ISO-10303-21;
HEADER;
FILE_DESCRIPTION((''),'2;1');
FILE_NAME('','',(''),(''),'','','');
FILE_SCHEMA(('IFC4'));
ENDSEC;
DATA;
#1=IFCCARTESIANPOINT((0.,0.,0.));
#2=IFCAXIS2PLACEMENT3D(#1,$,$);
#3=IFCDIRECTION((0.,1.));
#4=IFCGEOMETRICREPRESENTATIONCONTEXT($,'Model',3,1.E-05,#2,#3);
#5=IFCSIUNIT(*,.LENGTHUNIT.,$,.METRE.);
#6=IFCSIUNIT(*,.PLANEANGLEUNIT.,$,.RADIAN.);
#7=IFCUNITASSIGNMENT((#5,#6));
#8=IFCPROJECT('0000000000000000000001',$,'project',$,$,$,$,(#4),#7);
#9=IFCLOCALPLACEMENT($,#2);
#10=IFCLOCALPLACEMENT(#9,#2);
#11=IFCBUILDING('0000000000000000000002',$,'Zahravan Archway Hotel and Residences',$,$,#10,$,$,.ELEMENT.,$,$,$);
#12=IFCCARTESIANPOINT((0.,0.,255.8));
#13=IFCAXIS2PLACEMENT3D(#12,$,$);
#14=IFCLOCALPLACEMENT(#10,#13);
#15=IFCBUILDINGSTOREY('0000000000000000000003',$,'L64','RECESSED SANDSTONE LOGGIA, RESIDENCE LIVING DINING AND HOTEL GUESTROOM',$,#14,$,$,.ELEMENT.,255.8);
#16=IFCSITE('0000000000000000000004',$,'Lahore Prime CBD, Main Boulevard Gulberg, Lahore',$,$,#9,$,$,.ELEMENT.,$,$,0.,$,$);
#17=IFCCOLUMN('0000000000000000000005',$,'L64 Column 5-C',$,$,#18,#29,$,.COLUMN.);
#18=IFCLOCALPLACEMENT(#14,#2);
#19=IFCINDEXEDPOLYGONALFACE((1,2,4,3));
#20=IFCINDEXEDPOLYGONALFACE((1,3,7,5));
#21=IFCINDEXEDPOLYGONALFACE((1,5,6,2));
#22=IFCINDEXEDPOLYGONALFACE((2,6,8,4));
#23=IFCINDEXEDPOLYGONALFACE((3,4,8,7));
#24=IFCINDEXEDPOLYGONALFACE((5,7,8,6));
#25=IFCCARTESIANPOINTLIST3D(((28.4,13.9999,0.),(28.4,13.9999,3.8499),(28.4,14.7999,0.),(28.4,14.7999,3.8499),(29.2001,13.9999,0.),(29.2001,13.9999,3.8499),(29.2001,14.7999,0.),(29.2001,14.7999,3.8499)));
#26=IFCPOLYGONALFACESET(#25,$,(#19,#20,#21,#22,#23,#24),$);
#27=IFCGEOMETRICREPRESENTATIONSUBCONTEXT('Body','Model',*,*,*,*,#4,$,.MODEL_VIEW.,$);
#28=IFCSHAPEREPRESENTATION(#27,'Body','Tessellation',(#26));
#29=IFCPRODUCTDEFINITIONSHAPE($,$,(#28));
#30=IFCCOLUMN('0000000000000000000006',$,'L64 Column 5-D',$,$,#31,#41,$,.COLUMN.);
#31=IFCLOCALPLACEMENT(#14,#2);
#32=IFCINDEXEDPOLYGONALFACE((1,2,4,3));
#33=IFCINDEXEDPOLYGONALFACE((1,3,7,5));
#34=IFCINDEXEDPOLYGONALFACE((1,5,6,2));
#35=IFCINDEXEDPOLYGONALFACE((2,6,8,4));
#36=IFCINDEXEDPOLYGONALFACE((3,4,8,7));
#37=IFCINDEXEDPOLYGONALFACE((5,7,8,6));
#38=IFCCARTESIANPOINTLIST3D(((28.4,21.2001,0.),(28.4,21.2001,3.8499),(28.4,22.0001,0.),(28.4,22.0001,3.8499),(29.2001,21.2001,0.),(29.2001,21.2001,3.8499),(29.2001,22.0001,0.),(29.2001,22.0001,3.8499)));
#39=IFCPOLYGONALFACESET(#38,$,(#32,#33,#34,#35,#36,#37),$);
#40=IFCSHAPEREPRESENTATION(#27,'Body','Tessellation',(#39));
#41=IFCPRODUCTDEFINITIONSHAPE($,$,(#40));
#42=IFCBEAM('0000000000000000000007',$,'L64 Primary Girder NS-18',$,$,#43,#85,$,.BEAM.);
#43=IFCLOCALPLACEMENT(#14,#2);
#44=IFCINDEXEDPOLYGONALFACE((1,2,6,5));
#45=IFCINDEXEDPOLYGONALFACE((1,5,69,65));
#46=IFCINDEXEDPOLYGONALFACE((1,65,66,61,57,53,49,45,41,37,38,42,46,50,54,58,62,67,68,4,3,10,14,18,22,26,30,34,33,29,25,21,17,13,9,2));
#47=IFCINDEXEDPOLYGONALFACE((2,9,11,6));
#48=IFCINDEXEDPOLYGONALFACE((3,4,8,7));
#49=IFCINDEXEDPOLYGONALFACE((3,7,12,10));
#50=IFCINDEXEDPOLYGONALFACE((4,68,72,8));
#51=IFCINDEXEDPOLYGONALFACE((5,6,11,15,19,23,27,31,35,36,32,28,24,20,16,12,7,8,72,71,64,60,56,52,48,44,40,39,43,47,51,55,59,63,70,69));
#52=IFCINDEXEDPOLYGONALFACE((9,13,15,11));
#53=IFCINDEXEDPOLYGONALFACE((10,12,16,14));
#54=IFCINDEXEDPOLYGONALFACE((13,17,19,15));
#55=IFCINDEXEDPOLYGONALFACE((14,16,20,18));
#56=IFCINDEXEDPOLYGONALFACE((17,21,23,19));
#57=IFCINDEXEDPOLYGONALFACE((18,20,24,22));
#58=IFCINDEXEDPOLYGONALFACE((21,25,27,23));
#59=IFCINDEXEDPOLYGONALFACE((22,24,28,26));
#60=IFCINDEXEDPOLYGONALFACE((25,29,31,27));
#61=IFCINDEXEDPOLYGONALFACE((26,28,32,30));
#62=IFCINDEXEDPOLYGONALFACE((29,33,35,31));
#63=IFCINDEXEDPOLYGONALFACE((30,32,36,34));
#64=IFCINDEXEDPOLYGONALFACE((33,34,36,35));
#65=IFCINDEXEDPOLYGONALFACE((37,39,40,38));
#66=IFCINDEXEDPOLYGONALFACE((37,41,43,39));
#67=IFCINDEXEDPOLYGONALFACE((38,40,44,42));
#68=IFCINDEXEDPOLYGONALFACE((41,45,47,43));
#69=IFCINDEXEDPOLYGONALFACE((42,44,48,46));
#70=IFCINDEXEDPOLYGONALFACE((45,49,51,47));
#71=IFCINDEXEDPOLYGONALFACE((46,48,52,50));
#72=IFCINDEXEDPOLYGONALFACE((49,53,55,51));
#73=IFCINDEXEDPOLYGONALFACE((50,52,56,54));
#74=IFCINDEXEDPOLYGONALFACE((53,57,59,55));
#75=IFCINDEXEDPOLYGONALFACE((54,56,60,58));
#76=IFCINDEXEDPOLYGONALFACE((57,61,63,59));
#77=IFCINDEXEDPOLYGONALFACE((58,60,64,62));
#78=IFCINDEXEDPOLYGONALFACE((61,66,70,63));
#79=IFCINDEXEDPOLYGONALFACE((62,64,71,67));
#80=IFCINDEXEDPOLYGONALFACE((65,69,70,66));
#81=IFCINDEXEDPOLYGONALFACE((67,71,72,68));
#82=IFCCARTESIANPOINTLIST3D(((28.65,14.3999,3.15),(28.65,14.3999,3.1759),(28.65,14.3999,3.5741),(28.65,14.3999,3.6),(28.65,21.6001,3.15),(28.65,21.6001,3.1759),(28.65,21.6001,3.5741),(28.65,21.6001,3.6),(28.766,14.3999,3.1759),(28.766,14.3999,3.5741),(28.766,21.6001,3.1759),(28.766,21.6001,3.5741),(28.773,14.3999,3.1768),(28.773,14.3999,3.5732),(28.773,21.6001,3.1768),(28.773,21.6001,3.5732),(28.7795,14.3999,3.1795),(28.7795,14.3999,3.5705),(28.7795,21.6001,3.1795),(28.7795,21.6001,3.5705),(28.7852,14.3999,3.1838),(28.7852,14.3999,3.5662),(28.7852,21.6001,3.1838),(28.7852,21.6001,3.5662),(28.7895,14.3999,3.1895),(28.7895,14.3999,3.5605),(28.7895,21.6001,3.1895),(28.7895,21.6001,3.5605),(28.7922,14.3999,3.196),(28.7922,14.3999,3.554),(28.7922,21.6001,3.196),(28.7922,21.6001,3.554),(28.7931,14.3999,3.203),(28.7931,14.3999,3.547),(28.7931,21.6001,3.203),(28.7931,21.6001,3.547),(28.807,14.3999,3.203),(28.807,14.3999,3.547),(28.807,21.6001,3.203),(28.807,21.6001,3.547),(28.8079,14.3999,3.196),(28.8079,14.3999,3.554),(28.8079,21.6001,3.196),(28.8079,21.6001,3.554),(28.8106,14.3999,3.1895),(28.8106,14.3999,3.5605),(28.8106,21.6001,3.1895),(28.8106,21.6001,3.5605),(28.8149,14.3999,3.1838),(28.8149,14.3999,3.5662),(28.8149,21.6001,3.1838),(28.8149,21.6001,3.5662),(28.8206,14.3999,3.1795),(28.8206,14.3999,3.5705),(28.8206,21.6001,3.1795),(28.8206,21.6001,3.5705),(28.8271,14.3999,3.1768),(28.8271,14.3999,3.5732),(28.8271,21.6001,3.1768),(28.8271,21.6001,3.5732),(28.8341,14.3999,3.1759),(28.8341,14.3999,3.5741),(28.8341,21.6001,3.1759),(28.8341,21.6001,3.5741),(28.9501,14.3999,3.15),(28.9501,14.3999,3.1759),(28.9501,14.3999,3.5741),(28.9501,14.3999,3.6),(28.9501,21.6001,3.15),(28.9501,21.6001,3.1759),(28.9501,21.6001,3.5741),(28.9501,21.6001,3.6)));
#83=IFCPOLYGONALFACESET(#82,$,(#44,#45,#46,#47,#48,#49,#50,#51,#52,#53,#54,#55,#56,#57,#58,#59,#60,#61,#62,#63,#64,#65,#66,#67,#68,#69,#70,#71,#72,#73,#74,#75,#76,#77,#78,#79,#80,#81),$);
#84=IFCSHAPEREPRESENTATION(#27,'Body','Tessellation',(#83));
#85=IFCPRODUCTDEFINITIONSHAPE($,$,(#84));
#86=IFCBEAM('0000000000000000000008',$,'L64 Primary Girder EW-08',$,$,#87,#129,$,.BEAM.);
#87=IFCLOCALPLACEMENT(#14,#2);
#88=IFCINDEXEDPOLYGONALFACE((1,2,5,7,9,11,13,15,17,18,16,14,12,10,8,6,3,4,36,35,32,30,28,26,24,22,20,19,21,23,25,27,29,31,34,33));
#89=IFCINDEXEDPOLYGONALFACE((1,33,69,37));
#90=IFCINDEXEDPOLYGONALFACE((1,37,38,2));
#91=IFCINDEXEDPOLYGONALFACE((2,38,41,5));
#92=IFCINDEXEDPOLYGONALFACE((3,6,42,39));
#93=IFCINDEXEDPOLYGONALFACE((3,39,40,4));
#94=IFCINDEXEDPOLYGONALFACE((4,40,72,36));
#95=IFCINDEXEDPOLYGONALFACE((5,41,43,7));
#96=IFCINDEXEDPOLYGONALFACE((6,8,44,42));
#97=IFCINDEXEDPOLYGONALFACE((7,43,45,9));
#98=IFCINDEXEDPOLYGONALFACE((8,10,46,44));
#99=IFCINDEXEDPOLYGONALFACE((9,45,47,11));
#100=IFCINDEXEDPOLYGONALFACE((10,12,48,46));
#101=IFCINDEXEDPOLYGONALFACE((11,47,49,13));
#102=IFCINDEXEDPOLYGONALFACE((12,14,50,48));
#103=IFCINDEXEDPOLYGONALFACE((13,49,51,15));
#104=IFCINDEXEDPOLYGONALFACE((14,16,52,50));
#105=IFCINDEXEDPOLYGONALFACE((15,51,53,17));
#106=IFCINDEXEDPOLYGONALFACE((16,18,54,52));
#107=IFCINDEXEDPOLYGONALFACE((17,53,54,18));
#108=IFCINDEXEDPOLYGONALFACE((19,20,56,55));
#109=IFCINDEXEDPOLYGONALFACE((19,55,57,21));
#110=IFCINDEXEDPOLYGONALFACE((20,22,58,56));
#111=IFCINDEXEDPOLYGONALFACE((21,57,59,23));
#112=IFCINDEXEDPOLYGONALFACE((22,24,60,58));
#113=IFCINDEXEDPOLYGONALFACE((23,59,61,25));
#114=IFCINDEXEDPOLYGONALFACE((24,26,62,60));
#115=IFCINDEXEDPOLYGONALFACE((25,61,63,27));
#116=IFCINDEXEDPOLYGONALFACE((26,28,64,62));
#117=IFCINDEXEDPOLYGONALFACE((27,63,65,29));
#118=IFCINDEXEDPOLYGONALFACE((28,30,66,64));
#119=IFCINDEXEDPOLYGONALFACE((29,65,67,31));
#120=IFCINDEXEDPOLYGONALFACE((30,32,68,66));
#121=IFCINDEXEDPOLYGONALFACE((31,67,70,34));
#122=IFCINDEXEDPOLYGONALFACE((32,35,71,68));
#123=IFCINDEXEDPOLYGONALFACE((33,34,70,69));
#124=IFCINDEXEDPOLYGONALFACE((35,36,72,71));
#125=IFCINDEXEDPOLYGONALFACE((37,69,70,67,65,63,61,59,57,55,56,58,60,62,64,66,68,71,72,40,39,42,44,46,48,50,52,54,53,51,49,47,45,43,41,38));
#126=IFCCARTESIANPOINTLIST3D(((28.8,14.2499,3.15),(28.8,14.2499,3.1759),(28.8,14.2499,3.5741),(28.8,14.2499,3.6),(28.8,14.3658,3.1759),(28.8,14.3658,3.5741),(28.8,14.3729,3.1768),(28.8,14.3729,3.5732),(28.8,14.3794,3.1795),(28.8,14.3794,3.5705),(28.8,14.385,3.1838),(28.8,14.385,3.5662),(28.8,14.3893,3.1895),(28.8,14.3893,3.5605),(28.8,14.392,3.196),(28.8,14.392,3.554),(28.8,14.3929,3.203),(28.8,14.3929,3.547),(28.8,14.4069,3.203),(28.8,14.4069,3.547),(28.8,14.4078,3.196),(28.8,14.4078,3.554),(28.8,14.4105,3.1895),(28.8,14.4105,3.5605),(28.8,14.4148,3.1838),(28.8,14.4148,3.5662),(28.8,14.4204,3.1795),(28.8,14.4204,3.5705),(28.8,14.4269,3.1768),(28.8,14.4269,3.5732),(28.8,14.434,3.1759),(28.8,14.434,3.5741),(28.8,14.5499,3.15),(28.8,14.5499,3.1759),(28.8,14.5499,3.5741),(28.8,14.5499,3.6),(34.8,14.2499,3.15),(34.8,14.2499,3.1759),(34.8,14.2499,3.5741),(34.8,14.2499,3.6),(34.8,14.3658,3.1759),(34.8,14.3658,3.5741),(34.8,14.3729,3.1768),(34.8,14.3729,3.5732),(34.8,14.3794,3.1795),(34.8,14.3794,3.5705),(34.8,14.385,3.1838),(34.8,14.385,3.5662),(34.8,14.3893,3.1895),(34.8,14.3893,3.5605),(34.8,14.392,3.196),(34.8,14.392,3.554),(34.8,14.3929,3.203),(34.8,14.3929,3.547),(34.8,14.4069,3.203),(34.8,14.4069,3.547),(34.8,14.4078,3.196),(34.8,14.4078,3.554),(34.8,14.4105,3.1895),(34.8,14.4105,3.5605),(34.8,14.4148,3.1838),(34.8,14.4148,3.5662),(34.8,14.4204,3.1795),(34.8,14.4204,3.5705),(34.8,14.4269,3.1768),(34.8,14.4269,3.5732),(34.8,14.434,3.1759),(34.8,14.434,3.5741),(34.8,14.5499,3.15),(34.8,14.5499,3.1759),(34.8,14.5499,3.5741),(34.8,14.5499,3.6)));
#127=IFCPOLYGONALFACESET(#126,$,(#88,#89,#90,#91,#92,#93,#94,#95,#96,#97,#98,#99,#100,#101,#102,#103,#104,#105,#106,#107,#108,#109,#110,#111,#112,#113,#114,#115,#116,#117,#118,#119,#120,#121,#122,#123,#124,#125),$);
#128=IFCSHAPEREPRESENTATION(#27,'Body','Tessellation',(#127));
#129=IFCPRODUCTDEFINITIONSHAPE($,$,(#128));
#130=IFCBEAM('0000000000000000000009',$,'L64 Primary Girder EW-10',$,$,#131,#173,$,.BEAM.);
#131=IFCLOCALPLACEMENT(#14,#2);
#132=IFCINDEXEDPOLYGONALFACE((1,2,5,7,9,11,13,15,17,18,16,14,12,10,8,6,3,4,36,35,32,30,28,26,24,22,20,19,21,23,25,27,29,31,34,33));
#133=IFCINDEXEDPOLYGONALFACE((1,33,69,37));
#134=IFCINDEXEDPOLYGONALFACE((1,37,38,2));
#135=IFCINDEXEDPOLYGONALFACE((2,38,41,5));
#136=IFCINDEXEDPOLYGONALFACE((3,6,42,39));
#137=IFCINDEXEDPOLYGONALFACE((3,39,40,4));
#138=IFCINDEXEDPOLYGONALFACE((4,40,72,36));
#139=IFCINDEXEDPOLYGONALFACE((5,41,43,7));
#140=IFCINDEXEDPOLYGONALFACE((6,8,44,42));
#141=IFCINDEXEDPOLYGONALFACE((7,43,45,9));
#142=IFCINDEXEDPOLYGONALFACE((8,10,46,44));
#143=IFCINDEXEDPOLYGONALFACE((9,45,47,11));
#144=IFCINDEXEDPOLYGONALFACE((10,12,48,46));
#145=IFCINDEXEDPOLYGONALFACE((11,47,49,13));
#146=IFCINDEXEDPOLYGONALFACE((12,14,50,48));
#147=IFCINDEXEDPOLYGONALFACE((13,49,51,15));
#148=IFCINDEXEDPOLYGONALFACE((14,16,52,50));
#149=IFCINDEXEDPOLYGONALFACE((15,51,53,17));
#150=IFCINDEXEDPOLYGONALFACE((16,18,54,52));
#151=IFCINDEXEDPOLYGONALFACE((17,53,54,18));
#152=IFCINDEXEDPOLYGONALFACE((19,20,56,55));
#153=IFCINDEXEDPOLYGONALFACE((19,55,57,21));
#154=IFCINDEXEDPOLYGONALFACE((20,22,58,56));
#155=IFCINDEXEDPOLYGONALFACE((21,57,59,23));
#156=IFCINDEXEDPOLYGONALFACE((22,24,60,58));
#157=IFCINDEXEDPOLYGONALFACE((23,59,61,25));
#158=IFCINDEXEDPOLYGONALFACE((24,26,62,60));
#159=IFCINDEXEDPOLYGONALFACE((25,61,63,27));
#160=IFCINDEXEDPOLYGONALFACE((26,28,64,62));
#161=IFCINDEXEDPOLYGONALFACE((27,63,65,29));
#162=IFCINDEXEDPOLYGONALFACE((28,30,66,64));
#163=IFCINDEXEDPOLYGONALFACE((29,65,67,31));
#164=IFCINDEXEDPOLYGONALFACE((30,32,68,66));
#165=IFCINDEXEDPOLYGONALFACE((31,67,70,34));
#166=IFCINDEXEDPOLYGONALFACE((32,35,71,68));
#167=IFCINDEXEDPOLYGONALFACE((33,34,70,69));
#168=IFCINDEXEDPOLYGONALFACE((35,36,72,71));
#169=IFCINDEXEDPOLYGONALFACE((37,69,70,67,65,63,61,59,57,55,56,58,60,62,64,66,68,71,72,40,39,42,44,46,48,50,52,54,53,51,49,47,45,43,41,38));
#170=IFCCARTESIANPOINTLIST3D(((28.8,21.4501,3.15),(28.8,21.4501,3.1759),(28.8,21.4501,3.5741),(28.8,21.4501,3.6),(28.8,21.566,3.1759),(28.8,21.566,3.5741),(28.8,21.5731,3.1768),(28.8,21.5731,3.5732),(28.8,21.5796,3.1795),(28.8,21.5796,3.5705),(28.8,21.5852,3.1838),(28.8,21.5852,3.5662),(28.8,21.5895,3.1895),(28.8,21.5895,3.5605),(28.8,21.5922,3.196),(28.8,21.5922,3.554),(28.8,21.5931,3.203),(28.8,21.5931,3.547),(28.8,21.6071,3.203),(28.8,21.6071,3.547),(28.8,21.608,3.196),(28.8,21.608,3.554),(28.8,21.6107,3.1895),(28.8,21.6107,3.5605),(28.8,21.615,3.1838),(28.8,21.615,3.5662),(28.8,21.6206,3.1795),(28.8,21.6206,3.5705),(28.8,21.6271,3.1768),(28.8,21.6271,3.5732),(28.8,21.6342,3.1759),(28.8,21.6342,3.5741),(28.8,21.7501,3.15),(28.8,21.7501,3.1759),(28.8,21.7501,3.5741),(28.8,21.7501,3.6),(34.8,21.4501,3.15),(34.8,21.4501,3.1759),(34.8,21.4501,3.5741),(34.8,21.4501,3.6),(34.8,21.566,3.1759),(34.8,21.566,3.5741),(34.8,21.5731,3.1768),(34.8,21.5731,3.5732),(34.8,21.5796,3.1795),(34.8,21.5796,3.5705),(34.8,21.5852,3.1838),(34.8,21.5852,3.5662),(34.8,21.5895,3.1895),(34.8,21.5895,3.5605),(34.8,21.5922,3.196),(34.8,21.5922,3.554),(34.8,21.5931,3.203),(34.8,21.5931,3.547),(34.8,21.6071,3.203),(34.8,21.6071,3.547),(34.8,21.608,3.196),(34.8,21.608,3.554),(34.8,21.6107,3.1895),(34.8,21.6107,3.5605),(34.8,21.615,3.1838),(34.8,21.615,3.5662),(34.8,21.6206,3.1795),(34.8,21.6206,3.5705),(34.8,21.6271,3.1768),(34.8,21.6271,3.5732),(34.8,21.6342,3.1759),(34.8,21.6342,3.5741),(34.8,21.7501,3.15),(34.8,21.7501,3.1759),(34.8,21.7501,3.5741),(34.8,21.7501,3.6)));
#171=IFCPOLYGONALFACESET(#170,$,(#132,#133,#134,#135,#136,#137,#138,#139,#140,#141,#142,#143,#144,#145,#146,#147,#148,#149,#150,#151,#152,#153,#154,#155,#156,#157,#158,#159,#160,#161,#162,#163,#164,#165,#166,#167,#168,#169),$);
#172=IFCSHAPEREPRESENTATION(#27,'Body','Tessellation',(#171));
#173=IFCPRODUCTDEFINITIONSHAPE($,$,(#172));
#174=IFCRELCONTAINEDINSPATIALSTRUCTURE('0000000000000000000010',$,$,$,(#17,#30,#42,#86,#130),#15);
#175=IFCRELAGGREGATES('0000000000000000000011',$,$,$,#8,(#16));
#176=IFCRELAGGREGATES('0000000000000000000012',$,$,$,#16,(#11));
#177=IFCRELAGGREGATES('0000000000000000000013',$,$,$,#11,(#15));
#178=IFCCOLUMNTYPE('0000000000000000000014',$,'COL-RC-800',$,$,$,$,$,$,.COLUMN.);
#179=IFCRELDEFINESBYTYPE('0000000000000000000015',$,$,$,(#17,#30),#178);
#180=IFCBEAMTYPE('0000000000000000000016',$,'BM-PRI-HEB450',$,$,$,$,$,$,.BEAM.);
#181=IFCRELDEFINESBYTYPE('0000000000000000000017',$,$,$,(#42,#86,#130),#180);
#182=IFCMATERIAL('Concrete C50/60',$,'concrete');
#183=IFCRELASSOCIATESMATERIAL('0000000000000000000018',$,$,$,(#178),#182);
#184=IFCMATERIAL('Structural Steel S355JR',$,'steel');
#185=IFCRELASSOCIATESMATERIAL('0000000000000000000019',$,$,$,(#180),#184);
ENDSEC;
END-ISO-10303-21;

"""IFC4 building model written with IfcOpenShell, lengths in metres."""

from ifc_helpers import new_model, si_unit, direction, frame, origin, origin_2d, place, context, subcontext, project, spatial, rectangle, i_section, extrude, source, transform, mapped, material, material_profile, profile_set, type_object, type_shapes, element, save


model = new_model("IFC4")

# Units and contexts
model_context = context("Model", 3, precision=1e-05, world=origin(), true_north=direction((0.0, 1.0)))
body_context = subcontext(model_context, "Body", "Model", "MODEL_VIEW")
ifc_project = project(units=[si_unit("LENGTHUNIT", "METRE"), si_unit("PLANEANGLEUNIT", "RADIAN")], contexts=[model_context])

# Site, building, storey
site_placement = place(None, origin())
site = spatial("IfcSite", under=ifc_project, at=site_placement, Name="Lahore Prime CBD, Main Boulevard Gulberg, Lahore", CompositionType="ELEMENT", RefElevation=0.0)
building_placement = place(site_placement, origin())
building = spatial("IfcBuilding", under=site, at=building_placement, Name="Zahravan Archway Hotel and Residences", CompositionType="ELEMENT")
storey_placement = place(building_placement, frame((0.0, 0.0, 255.8)))
storey = spatial("IfcBuildingStorey", under=building, at=storey_placement, Name="L64", Description="RECESSED SANDSTONE LOGGIA, RESIDENCE LIVING DINING AND HOTEL GUESTROOM", CompositionType="ELEMENT", Elevation=255.8)

# Columns
ifc_material_1 = material(Name="Concrete C50/60", Category="concrete")
ifc_material_profile_1 = material_profile(ifc_material_1, rectangle(XDim=0.8, YDim=0.8, at=origin_2d()), Name="RC-COL-800x800", Category="concrete")
ifc_profile_set_1 = profile_set([ifc_material_profile_1], Name="Concrete C50/60")
column_type = type_object("IfcColumnType", Name="COL-RC-800", PredefinedType="COLUMN", material=ifc_profile_set_1)
shared_shape_1 = source(origin(), body_context, "Body", "SweptSolid", [
    extrude(rectangle(XDim=0.8, YDim=0.8, at=origin_2d()), origin(), (0.0, 0.0, 1.0), 3.8499),
])
for number, where, z_axis, x_axis, name in (
    (1, (28.8, 14.3999, 0.0), (0.0, 0.0, 1.0), (1.0, 0.0, 0.0), "L64 Column 5-C"),
    (2, (28.8, 21.6001, 0.0), (0.0, 0.0, 1.0), (1.0, 0.0, 0.0), "L64 Column 5-D"),
):
    element("IfcColumn", number, at=place(storey_placement, frame(where, z_axis=z_axis, x_axis=x_axis)), inside=storey, type_object=column_type, Name=name, PredefinedType="COLUMN", context=body_context, shape_type="MappedRepresentation", body=[
        mapped(shared_shape_1, transform((0.0, 0.0, 0.0), scale=1.0)),
    ])

# Beams
ifc_material_2 = material(Name="Structural Steel S355JR", Category="steel")
ifc_material_profile_2 = material_profile(ifc_material_2, i_section(OverallWidth=0.3, OverallDepth=0.45, WebThickness=0.0139, FlangeThickness=0.0259, FilletRadius=0.0271, at=origin_2d()), Name="HEB 450", Category="steel")
ifc_profile_set_2 = profile_set([ifc_material_profile_2], Name="Structural Steel S355JR")
beam_type_1 = type_object("IfcBeamType", Name="BM-PRI-HEB450", PredefinedType="BEAM", material=ifc_profile_set_2)
shared_shape_2 = source(origin(), body_context, "Body", "SweptSolid", [
    extrude(i_section(OverallWidth=0.3, OverallDepth=0.45, WebThickness=0.0139, FlangeThickness=0.0259, FilletRadius=0.0271, at=origin_2d()), origin(), (0.0, 0.0, 1.0), 7.2002),
])
type_shapes(beam_type_1, [shared_shape_2])
beam_1_placement = place(storey_placement, frame((28.8, 14.3999, 3.375), z_axis=(0.0, 1.0, 0.0), x_axis=(-1.0, 0.0, 0.0)))
element("IfcBeam", 3, at=beam_1_placement, inside=storey, type_object=beam_type_1, Name="L64 Primary Girder NS-18", PredefinedType="BEAM", context=body_context, shape_type="MappedRepresentation", body=[
    mapped(shared_shape_2, transform((0.0, 0.0, 0.0), scale=1.0)),
])
shared_shape_3 = source(origin(), body_context, "Body", "SweptSolid", [
    extrude(i_section(OverallWidth=0.3, OverallDepth=0.45, WebThickness=0.0139, FlangeThickness=0.0259, FilletRadius=0.0271, at=origin_2d()), origin(), (0.0, 0.0, 1.0), 6.0),
])
for number, where, z_axis, x_axis, name in (
    (4, (28.8, 14.3999, 3.375), (1.0, 0.0, 0.0), (0.0, 1.0, 0.0), "L64 Primary Girder EW-08"),
    (5, (28.8, 21.6001, 3.375), (1.0, 0.0, 0.0), (0.0, 1.0, 0.0), "L64 Primary Girder EW-10"),
):
    element("IfcBeam", number, at=place(storey_placement, frame(where, z_axis=z_axis, x_axis=x_axis)), inside=storey, type_object=beam_type_1, Name=name, PredefinedType="BEAM", context=body_context, shape_type="MappedRepresentation", body=[
        mapped(shared_shape_3, transform((0.0, 0.0, 0.0), scale=1.0)),
    ])

save(model, "model.ifc")
